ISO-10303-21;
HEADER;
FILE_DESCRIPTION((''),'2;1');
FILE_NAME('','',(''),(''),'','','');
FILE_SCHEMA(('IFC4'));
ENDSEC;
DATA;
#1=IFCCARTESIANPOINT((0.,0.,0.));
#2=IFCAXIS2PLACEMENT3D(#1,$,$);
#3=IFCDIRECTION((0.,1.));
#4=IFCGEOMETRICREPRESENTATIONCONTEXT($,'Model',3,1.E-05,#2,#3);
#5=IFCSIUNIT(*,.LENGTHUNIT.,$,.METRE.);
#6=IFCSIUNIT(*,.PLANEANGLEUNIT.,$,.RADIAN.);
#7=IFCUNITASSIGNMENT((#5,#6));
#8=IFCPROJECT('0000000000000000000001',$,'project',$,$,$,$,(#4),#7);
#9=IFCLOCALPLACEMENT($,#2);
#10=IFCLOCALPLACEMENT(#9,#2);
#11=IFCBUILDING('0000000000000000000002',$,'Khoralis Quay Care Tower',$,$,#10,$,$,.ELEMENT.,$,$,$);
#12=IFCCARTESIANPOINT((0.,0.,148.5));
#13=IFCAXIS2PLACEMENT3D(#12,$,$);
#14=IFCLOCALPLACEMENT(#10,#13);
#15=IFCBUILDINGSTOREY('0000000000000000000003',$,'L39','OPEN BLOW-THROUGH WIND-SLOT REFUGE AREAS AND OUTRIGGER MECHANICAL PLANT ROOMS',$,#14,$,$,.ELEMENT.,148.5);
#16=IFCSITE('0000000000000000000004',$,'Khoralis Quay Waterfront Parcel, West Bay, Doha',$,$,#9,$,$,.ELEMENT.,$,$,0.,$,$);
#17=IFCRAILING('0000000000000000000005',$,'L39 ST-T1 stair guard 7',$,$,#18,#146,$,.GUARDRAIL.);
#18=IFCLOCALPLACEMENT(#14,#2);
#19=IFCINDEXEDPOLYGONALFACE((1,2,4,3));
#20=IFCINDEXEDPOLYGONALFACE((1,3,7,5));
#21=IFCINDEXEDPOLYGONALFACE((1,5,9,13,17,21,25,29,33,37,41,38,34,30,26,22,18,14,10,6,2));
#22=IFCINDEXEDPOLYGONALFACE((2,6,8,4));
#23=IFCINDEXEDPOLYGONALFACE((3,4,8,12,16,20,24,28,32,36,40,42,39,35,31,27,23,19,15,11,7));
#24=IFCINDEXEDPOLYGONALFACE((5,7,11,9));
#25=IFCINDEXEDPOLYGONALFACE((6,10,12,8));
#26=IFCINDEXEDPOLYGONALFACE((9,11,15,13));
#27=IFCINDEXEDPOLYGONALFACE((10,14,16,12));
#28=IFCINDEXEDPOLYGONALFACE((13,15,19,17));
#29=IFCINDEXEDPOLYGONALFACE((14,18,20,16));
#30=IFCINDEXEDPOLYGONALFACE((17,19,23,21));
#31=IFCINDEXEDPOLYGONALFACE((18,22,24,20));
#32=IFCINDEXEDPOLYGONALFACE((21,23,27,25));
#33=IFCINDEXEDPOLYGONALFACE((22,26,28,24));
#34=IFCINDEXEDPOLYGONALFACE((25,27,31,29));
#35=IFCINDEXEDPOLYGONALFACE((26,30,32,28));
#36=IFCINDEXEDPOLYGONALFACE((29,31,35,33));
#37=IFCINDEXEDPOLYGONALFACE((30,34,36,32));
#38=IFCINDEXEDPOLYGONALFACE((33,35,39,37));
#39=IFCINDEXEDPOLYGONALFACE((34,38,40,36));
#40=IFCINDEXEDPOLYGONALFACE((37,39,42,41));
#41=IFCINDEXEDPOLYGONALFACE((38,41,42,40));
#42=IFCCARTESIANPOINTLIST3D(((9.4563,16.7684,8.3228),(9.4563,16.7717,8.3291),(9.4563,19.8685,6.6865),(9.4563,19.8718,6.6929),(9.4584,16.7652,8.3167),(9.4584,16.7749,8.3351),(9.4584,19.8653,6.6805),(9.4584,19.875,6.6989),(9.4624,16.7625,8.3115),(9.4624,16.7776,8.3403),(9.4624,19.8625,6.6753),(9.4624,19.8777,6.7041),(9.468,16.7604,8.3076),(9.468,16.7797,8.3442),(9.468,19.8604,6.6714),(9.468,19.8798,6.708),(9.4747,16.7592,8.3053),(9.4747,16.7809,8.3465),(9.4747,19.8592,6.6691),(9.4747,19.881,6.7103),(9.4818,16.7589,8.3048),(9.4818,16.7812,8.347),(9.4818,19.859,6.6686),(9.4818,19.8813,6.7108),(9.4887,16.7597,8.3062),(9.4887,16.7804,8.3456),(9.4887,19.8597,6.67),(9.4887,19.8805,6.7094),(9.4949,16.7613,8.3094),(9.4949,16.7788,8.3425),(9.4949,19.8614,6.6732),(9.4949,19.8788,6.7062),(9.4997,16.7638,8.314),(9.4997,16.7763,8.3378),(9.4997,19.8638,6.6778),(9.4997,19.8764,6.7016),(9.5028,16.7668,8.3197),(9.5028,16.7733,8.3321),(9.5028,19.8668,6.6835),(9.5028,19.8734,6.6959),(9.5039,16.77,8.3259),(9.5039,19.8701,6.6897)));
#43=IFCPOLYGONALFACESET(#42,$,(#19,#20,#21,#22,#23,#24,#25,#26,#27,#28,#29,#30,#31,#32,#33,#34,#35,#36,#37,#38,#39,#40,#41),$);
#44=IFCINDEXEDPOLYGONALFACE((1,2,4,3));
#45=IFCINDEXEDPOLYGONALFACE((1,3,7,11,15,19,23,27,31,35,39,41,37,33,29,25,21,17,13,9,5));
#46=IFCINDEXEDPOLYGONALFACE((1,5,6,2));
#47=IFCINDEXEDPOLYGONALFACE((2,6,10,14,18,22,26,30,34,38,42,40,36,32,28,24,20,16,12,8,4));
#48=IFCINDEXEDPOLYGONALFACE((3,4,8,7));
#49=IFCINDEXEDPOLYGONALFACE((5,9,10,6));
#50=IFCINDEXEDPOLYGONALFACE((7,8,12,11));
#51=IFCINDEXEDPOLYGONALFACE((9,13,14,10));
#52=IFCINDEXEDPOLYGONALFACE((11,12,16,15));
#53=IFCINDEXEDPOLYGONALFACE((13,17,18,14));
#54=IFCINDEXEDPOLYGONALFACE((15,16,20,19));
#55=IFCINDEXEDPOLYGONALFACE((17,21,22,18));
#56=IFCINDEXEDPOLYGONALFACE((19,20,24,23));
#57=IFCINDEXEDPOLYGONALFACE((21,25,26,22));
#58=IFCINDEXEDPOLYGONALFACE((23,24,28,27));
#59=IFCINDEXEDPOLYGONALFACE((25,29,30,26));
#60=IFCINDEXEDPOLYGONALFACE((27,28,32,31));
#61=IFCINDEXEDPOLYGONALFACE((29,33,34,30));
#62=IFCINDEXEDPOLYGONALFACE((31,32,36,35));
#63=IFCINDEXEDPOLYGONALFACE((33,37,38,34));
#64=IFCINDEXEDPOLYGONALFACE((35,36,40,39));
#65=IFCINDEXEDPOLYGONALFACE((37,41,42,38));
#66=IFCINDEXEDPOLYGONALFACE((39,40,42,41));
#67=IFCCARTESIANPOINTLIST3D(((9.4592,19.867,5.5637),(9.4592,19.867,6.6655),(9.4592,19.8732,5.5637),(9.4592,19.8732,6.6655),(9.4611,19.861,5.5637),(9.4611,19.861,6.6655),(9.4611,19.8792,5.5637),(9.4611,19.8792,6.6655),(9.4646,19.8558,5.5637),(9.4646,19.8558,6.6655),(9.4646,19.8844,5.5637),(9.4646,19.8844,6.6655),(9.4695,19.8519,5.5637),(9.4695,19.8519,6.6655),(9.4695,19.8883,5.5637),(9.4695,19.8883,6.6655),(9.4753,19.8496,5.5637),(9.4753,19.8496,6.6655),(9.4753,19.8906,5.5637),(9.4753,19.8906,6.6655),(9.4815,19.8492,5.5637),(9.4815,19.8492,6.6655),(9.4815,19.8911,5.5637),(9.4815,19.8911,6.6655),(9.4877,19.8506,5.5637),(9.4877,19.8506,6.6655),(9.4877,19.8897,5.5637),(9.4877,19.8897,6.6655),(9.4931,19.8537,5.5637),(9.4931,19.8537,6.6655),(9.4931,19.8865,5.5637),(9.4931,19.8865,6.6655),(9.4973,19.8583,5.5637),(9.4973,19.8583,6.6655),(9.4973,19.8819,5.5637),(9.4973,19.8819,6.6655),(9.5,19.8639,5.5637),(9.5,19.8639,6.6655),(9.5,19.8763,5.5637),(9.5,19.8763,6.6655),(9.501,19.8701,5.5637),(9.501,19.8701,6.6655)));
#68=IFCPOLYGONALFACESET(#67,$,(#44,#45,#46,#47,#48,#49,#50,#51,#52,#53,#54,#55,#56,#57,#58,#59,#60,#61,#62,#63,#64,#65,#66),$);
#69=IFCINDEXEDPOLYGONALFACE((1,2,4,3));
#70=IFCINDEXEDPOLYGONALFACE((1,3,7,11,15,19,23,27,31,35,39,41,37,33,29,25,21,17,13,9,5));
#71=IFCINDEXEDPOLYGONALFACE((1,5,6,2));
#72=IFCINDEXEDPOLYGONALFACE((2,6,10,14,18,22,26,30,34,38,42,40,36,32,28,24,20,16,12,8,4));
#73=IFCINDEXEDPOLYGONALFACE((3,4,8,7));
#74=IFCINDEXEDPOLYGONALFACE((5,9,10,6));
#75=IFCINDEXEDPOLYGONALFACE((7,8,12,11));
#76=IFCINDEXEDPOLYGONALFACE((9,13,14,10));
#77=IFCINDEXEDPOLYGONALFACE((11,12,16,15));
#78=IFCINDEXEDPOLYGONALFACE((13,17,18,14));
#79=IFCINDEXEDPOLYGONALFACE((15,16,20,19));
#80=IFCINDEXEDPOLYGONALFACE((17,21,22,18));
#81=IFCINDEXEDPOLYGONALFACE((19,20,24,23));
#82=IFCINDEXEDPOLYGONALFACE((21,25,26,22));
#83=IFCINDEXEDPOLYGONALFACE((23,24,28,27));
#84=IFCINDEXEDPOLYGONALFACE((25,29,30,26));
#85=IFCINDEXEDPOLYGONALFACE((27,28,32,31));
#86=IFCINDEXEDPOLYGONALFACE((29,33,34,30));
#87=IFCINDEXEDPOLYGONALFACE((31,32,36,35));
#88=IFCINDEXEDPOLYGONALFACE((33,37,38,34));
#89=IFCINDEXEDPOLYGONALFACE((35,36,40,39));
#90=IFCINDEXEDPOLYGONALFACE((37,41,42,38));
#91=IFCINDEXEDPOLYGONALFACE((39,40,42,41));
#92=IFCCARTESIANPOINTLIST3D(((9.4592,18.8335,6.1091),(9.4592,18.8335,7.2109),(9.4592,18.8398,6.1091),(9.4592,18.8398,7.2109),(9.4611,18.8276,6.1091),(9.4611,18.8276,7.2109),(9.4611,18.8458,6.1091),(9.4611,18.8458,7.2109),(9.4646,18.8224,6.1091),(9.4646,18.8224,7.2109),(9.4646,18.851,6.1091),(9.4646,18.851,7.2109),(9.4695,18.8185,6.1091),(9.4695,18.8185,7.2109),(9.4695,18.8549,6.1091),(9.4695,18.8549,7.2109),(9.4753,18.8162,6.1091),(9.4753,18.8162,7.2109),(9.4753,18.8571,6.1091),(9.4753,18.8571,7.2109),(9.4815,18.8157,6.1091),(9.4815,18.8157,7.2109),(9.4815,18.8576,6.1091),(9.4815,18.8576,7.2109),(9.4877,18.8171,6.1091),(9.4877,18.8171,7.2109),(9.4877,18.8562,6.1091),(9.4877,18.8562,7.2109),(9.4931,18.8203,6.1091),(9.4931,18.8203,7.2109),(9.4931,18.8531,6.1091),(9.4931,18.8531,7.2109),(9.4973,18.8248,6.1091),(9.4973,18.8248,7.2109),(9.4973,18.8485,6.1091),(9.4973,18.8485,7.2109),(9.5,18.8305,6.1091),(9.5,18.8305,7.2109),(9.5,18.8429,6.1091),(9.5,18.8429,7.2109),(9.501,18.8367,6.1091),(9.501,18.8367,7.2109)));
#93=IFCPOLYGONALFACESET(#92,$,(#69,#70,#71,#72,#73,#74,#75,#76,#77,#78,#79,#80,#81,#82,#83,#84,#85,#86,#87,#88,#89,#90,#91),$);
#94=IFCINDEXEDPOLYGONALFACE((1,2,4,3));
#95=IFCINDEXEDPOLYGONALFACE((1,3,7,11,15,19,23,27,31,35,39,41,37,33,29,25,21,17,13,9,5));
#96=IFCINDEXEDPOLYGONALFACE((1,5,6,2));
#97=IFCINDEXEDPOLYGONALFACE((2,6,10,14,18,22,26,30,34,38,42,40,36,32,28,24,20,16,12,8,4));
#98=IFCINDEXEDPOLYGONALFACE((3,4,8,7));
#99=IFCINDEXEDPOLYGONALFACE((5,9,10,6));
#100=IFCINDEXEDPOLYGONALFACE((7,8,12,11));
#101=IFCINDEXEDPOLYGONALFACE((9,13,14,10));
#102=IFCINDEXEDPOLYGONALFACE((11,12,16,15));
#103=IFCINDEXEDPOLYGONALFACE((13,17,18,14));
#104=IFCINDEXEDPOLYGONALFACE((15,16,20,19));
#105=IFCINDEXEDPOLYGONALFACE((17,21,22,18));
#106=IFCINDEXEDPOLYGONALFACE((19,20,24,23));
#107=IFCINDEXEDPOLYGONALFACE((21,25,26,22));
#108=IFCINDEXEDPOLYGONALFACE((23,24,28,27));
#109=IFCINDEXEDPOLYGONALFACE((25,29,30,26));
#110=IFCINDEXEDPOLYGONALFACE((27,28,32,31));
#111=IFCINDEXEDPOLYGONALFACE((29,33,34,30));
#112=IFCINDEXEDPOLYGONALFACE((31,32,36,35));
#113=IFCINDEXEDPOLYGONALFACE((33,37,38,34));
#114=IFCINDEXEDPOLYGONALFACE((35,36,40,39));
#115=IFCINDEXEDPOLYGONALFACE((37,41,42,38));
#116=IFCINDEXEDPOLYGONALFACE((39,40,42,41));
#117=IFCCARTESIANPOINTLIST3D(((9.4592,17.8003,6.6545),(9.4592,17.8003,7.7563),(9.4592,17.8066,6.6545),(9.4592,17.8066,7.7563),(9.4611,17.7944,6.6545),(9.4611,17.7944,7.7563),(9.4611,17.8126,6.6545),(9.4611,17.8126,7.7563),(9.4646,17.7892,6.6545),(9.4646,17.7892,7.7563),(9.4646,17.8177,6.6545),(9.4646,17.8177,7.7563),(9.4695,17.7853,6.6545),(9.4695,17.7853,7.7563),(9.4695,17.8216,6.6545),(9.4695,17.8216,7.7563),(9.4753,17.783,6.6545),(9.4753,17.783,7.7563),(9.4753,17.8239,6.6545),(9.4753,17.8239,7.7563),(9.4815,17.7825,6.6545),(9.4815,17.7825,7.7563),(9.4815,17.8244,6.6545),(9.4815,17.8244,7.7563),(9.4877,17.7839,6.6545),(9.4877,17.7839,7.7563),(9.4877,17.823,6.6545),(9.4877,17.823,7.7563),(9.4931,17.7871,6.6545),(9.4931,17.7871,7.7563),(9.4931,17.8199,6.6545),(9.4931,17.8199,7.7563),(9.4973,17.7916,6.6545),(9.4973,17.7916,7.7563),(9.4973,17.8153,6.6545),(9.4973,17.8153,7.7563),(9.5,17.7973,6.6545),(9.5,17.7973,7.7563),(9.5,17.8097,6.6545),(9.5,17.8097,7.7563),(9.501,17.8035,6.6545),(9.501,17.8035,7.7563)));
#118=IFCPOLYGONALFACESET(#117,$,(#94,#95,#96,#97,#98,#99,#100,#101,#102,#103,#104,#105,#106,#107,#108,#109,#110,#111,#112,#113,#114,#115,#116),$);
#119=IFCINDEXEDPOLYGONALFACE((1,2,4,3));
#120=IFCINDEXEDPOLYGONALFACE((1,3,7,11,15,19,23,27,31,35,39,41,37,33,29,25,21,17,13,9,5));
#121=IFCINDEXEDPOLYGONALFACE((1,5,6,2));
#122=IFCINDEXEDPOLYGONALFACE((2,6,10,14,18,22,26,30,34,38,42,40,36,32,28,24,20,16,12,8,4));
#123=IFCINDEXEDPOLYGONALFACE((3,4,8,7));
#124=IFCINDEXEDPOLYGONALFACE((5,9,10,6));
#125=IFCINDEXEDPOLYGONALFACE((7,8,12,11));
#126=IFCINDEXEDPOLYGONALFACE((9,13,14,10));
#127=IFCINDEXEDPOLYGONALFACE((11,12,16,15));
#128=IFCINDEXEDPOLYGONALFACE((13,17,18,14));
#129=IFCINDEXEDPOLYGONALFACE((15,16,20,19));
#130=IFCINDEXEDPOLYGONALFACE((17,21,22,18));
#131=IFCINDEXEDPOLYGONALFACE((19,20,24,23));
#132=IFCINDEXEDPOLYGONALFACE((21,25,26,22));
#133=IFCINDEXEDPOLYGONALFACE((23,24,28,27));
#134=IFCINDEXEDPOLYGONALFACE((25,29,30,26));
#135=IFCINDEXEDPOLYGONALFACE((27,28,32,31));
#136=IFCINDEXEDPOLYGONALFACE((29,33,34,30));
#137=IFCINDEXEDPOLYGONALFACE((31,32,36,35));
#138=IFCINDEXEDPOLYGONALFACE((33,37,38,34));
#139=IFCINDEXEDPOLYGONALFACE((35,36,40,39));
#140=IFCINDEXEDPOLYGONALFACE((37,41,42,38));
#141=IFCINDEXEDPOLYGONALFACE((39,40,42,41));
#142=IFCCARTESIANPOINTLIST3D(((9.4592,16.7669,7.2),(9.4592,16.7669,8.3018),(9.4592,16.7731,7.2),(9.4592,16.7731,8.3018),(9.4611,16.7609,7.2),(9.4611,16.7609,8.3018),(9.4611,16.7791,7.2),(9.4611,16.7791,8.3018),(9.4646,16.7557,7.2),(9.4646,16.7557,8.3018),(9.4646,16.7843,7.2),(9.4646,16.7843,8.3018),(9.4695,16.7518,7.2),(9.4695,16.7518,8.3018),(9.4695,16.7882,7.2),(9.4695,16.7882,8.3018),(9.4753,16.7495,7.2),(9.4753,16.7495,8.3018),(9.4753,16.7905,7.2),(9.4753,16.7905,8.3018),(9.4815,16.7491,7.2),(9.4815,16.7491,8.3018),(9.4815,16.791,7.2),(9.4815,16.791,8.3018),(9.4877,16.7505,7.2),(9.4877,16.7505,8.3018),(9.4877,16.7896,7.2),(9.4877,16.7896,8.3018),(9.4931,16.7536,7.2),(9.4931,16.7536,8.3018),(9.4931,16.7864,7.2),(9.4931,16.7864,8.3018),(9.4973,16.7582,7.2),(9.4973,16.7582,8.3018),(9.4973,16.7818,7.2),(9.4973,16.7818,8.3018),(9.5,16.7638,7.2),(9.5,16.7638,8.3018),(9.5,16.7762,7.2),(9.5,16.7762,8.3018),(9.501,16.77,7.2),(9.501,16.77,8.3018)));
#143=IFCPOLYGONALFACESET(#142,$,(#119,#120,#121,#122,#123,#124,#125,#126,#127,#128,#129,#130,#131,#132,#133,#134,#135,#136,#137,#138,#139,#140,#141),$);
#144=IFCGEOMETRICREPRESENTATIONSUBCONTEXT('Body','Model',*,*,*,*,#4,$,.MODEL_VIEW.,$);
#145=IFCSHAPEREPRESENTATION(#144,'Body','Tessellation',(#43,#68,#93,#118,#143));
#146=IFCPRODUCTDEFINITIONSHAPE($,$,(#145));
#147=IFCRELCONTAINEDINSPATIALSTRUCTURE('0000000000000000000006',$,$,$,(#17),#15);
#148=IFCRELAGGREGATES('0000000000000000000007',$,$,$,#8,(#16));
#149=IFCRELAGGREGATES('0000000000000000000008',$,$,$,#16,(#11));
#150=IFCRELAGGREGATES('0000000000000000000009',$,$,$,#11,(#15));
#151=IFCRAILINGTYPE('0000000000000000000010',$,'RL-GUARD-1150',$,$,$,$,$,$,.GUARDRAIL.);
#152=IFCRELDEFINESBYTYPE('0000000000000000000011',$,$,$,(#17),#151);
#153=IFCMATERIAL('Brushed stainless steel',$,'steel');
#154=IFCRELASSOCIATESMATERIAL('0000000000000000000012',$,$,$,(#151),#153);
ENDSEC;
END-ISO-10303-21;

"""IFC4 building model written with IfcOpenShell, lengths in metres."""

from ifc_helpers import new_model, si_unit, direction, frame, origin, origin_2d, place, context, subcontext, project, spatial, circle, extrude, material, type_object, element, save


model = new_model("IFC4")

# Units and contexts
model_context = context("Model", 3, precision=1e-05, world=origin(), true_north=direction((0.0, 1.0)))
body_context = subcontext(model_context, "Body", "Model", "MODEL_VIEW")
ifc_project = project(units=[si_unit("LENGTHUNIT", "METRE"), si_unit("PLANEANGLEUNIT", "RADIAN")], contexts=[model_context])

# Site, building, storey
site_placement = place(None, origin())
site = spatial("IfcSite", under=ifc_project, at=site_placement, Name="Khoralis Quay Waterfront Parcel, West Bay, Doha", CompositionType="ELEMENT", RefElevation=0.0)
building_placement = place(site_placement, origin())
building = spatial("IfcBuilding", under=site, at=building_placement, Name="Khoralis Quay Care Tower", CompositionType="ELEMENT")
storey_placement = place(building_placement, frame((0.0, 0.0, 148.5)))
storey = spatial("IfcBuildingStorey", under=building, at=storey_placement, Name="L39", Description="OPEN BLOW-THROUGH WIND-SLOT REFUGE AREAS AND OUTRIGGER MECHANICAL PLANT ROOMS", CompositionType="ELEMENT", Elevation=148.5)

# Railing
ifc_material_1 = material(Name="Brushed stainless steel", Category="steel")
railing_type_1 = type_object("IfcRailingType", Name="RL-GUARD-1150", PredefinedType="GUARDRAIL", material=ifc_material_1)
railing_1_placement = place(storey_placement, frame((9.48, 19.8701, 5.5637)))
element("IfcRailing", 1, at=railing_1_placement, inside=storey, type_object=railing_type_1, Name="L39 ST-T1 stair guard 7", PredefinedType="GUARDRAIL", context=body_context, shape_type="SweptSolid", body=[
    extrude(circle(Radius=0.0239, at=origin_2d()), frame((0.0, 0.0, 1.126), z_axis=(0.0, -0.884377, 0.466774), x_axis=(1.0, 0.0, 0.0)), (0.0, 0.0, 1.0), 3.5054),
    extrude(circle(Radius=0.021, at=origin_2d()), origin(), (0.0, 0.0, 1.0), 1.1018),
    extrude(circle(Radius=0.021, at=origin_2d()), frame((0.0, -1.0334, 0.5454)), (0.0, 0.0, 1.0), 1.1018),
    extrude(circle(Radius=0.021, at=origin_2d()), frame((0.0, -2.0667, 1.0908)), (0.0, 0.0, 1.0), 1.1018),
    extrude(circle(Radius=0.021, at=origin_2d()), frame((0.0, -3.1001, 1.6362)), (0.0, 0.0, 1.0), 1.1018),
])

save(model, "model.ifc")
